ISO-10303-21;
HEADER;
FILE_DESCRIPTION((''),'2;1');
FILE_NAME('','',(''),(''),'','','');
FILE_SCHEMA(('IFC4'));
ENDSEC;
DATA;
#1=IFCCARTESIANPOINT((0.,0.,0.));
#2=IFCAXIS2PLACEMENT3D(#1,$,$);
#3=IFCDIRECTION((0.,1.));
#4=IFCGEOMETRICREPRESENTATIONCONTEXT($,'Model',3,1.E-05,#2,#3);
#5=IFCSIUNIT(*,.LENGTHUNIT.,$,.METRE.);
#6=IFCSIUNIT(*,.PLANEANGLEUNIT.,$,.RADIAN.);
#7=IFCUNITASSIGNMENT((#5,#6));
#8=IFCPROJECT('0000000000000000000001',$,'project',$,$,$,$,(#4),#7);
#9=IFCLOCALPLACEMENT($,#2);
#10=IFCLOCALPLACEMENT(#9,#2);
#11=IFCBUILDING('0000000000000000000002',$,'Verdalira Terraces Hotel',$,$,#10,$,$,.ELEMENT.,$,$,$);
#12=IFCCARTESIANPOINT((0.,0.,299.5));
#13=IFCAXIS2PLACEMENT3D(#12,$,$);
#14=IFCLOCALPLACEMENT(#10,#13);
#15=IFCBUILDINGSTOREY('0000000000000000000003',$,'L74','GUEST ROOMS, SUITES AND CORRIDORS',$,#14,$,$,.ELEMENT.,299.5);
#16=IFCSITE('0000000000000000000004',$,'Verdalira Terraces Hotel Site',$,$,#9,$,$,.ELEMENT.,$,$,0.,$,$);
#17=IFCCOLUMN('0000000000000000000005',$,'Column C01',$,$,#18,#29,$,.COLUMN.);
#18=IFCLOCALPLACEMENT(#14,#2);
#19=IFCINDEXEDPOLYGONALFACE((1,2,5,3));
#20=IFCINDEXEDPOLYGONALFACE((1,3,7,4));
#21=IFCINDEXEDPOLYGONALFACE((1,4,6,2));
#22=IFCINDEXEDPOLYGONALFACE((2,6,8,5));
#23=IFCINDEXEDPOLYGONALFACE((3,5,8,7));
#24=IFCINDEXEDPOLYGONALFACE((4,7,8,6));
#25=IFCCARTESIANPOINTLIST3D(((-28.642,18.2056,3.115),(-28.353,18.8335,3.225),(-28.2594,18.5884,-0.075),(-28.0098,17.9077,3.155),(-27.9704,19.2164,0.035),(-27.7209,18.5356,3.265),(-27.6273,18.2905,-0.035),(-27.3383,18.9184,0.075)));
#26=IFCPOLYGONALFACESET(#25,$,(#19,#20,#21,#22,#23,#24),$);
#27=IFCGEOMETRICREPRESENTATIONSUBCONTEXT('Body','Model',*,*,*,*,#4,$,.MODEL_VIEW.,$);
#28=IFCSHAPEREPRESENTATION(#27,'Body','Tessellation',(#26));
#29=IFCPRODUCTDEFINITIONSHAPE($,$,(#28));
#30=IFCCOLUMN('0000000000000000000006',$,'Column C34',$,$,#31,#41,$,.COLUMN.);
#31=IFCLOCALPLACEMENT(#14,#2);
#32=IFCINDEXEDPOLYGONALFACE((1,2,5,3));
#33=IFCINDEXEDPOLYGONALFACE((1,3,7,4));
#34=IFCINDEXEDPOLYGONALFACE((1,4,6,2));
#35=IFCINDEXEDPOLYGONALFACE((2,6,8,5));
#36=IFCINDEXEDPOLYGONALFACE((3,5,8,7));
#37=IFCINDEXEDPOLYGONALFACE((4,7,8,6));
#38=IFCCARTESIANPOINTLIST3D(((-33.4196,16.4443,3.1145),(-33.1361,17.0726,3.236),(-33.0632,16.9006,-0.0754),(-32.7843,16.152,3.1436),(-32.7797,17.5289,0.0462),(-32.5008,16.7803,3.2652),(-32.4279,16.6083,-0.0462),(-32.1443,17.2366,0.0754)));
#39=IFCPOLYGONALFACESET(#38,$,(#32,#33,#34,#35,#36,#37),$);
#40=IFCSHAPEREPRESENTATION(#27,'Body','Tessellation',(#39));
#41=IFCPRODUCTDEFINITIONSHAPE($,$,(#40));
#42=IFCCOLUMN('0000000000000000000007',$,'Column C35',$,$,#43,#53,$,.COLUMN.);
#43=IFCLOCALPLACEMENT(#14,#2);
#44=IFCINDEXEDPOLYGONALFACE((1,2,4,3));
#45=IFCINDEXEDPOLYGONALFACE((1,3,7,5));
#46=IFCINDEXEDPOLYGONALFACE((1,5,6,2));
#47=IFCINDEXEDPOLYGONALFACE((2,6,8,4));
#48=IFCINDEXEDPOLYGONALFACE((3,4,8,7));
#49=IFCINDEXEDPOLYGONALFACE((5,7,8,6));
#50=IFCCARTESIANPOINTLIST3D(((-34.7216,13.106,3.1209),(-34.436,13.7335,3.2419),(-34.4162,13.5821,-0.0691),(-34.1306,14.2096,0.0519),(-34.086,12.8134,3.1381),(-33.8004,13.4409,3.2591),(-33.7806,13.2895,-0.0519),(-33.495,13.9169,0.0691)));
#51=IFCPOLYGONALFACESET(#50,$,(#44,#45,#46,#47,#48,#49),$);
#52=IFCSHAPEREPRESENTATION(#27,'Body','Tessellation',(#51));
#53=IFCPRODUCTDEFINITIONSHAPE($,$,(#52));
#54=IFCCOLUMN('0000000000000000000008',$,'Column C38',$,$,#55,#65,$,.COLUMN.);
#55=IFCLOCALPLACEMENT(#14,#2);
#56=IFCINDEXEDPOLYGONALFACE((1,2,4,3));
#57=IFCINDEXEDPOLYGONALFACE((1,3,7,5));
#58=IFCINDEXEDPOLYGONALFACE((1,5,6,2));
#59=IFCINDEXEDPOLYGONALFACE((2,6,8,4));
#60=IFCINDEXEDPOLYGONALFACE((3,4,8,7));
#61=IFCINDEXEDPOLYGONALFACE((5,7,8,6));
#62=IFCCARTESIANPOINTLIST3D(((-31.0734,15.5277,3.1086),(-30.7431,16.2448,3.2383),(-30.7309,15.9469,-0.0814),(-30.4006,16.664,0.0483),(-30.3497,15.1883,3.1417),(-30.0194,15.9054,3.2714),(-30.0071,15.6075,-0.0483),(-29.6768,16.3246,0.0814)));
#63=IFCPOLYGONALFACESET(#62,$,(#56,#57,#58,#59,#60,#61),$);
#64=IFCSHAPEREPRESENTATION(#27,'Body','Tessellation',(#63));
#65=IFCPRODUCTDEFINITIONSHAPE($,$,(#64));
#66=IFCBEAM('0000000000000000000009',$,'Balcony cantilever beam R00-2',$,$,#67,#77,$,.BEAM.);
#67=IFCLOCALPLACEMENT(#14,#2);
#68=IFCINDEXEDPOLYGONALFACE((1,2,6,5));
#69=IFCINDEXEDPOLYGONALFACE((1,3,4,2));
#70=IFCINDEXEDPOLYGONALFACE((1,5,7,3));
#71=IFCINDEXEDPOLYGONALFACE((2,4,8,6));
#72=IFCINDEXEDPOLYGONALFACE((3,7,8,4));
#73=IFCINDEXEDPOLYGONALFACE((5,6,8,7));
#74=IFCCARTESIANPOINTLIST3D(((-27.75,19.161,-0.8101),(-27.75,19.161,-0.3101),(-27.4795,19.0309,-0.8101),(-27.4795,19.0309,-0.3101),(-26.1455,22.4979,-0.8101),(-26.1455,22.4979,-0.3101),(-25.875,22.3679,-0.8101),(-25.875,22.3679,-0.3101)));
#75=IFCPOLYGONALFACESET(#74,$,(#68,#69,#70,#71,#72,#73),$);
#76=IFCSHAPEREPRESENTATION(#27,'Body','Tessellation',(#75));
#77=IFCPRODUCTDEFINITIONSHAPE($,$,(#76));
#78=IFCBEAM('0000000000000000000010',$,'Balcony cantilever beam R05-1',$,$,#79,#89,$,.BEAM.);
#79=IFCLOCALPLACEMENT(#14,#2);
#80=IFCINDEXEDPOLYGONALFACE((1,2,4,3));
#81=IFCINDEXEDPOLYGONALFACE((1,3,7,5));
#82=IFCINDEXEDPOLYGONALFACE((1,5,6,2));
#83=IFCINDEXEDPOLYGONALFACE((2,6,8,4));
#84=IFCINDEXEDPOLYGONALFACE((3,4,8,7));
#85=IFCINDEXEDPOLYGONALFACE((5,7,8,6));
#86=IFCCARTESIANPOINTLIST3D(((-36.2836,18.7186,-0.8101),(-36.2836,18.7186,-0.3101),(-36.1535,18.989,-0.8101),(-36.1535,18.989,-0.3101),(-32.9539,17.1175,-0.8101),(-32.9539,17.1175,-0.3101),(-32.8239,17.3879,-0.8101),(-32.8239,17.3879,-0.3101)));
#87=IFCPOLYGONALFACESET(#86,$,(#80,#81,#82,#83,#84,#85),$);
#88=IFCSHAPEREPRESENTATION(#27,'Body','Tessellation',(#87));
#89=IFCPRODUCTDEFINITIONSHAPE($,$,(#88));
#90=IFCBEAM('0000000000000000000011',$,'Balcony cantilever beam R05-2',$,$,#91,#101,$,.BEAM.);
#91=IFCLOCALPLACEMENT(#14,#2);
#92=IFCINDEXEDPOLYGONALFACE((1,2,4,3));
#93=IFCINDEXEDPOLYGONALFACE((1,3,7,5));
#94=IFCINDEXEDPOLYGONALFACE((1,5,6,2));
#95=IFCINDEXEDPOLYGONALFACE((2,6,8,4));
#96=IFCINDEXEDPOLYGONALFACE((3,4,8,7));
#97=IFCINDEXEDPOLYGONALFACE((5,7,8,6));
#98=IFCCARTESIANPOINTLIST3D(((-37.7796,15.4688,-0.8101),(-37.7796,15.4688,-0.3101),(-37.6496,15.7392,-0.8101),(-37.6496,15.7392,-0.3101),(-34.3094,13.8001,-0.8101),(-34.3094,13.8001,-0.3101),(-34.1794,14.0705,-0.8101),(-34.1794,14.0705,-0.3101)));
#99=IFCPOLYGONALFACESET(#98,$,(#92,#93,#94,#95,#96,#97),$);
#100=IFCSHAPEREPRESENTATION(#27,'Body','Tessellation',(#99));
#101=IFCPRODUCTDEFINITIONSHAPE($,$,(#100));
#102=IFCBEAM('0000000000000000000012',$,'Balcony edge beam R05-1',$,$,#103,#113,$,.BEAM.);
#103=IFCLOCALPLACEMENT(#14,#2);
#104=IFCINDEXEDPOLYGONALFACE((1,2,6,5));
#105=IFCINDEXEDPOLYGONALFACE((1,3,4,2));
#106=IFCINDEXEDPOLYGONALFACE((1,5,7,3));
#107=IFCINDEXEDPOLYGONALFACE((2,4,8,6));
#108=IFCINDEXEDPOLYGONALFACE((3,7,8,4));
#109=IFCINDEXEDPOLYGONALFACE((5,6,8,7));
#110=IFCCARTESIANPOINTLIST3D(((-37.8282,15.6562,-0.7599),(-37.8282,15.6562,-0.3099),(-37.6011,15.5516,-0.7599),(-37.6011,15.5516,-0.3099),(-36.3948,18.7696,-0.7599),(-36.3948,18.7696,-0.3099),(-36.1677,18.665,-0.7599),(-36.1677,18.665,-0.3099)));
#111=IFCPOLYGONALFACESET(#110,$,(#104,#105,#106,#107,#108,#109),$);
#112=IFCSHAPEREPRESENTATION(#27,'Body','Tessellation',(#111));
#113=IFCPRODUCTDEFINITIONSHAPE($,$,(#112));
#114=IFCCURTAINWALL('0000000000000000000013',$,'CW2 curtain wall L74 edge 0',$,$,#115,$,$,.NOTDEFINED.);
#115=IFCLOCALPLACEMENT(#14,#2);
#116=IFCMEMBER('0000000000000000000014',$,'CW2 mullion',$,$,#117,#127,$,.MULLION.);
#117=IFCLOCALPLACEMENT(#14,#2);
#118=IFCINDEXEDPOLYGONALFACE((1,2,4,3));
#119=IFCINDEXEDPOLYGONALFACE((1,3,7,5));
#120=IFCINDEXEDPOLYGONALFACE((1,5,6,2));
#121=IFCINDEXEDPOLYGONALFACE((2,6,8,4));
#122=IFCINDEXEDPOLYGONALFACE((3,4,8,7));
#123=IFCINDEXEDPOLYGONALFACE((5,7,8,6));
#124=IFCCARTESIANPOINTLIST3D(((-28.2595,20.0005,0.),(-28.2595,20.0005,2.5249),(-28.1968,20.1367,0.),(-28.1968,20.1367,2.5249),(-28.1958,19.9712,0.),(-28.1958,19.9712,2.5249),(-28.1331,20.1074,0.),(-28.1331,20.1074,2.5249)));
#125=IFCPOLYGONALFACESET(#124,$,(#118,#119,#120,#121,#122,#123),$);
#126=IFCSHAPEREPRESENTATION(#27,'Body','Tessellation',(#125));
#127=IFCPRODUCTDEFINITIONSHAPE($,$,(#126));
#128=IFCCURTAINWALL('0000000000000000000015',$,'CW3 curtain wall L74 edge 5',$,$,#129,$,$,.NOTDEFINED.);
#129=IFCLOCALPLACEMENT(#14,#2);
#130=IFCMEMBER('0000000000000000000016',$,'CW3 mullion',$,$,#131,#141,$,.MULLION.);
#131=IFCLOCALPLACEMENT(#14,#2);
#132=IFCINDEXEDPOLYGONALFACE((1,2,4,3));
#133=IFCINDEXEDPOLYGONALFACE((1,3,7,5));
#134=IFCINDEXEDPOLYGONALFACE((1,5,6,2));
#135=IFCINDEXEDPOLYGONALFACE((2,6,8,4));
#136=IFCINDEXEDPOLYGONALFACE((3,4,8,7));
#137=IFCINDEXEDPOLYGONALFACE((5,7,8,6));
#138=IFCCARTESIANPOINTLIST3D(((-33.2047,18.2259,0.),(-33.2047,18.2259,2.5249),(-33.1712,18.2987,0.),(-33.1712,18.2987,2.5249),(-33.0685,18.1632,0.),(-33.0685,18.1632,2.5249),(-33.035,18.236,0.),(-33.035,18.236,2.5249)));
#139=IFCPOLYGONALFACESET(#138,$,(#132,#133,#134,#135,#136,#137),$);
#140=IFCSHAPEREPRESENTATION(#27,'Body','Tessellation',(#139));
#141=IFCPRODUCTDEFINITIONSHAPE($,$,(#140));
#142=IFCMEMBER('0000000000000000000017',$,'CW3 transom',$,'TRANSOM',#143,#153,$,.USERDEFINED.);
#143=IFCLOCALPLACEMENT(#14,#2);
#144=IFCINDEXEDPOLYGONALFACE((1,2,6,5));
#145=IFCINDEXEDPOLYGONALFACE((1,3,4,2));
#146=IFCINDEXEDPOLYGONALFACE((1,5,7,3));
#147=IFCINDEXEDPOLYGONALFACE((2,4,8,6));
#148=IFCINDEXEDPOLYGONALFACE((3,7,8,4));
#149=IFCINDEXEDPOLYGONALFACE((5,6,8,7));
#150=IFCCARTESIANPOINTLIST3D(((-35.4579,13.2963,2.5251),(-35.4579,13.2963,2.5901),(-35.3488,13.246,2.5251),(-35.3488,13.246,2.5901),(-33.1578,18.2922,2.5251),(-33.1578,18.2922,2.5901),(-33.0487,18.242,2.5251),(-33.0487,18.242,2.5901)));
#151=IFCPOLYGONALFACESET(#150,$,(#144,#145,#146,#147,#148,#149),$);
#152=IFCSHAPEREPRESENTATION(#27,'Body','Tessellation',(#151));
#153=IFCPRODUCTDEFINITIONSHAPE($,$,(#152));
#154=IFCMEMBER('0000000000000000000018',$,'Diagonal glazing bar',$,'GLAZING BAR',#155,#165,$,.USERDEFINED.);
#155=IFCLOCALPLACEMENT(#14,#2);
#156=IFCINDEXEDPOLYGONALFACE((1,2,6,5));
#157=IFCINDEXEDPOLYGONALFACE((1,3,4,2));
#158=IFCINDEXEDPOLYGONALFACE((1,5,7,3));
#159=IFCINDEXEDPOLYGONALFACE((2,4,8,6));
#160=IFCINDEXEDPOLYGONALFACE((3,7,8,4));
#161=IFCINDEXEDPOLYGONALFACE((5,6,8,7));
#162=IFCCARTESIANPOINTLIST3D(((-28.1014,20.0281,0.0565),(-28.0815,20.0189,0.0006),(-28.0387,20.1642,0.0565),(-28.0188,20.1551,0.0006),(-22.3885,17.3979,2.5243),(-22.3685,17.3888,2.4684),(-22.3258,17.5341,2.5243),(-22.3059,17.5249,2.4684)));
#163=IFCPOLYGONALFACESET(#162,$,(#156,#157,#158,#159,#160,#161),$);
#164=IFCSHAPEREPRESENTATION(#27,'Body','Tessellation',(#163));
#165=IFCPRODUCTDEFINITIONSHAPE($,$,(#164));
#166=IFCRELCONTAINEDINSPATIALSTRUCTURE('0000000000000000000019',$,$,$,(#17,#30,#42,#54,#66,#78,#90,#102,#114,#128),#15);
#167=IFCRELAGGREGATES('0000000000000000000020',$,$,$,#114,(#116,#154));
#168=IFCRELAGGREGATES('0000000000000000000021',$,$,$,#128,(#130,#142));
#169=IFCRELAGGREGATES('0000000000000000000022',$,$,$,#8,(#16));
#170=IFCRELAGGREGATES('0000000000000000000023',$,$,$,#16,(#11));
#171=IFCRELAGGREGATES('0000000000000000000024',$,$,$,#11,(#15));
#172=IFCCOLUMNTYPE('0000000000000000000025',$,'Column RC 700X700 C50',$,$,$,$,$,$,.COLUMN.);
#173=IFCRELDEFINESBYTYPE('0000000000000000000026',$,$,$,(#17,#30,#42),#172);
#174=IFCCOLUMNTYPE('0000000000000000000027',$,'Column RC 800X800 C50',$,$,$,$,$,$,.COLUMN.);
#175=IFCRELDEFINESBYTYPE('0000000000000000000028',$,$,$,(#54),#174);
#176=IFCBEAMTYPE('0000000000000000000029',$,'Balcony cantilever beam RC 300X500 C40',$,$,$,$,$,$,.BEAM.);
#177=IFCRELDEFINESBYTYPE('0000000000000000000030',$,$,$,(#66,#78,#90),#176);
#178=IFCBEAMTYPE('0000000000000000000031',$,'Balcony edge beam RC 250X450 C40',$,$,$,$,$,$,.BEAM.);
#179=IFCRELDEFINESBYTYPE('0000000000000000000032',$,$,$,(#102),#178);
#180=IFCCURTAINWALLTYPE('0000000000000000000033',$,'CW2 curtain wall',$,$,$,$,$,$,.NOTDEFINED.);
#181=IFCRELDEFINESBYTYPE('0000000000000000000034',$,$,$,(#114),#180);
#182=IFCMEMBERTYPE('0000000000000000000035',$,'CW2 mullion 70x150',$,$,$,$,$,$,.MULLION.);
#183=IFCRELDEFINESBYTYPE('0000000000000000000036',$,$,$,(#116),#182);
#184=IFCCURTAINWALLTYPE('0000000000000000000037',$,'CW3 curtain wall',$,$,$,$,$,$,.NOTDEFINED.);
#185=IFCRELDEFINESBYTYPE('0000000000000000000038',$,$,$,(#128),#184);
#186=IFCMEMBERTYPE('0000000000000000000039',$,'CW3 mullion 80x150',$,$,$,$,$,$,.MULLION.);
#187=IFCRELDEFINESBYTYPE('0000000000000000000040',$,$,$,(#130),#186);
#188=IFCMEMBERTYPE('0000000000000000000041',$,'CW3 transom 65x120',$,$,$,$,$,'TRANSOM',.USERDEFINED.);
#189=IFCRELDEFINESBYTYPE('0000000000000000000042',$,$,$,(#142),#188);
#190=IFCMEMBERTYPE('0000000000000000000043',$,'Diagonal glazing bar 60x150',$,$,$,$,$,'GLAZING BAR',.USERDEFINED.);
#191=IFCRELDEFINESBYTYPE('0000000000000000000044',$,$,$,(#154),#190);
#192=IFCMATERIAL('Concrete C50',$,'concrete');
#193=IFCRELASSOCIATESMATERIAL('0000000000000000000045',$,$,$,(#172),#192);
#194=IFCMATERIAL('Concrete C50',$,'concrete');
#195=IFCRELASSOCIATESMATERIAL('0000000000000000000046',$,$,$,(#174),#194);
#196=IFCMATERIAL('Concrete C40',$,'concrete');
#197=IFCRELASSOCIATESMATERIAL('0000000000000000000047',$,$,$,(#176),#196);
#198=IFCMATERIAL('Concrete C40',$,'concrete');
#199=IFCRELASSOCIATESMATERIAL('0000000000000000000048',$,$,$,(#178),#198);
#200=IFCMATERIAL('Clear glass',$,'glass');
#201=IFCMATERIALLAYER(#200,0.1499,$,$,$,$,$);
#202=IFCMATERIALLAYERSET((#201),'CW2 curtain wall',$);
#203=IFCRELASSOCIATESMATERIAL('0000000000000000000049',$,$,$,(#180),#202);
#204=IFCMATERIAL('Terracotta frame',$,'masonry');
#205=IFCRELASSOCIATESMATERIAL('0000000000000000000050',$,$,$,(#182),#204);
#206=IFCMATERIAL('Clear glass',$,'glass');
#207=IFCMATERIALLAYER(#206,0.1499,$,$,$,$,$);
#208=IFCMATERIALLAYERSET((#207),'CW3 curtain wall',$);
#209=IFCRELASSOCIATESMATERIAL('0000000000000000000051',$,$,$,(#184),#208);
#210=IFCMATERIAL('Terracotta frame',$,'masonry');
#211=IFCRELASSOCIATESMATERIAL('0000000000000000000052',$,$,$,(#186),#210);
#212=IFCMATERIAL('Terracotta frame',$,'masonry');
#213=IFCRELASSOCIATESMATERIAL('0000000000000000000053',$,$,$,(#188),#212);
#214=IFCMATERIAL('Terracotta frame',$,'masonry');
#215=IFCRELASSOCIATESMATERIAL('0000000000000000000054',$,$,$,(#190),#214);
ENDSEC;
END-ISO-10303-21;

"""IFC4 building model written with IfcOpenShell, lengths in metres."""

from ifc_helpers import new_model, si_unit, direction, frame, origin, origin_2d, place, context, subcontext, project, spatial, rectangle, extrude, material, layer, layer_set, material_profile, profile_set, type_object, element, aggregate, save


model = new_model("IFC4")

# Units and contexts
model_context = context("Model", 3, precision=1e-05, world=origin(), true_north=direction((0.0, 1.0)))
body_context = subcontext(model_context, "Body", "Model", "MODEL_VIEW")
ifc_project = project(units=[si_unit("LENGTHUNIT", "METRE"), si_unit("PLANEANGLEUNIT", "RADIAN")], contexts=[model_context])

# Site, building, storey
site_placement = place(None, origin())
site = spatial("IfcSite", under=ifc_project, at=site_placement, Name="Verdalira Terraces Hotel Site", CompositionType="ELEMENT", RefElevation=0.0)
building_placement = place(site_placement, origin())
building = spatial("IfcBuilding", under=site, at=building_placement, Name="Verdalira Terraces Hotel", CompositionType="ELEMENT")
storey_placement = place(building_placement, frame((0.0, 0.0, 299.5)))
storey = spatial("IfcBuildingStorey", under=building, at=storey_placement, Name="L74", Description="GUEST ROOMS, SUITES AND CORRIDORS", CompositionType="ELEMENT", Elevation=299.5)

# Columns
ifc_material_1 = material(Name="Concrete C50", Category="concrete")
ifc_material_profile_1 = material_profile(ifc_material_1, rectangle(XDim=0.7, YDim=0.7, at=origin_2d()), Name="RC 700X700")
ifc_profile_set_1 = profile_set([ifc_material_profile_1], Name="Concrete C50")
column_type_1 = type_object("IfcColumnType", Name="Column RC 700X700 C50", PredefinedType="COLUMN", material=ifc_profile_set_1)
column_1_placement = place(storey_placement, frame((-27.7988, 18.7534, 0.0), z_axis=(-0.11824, -0.118315, 0.985911), x_axis=(-0.903077, 0.425648, -0.057225)))
element("IfcColumn", 1, at=column_1_placement, inside=storey, type_object=column_type_1, Name="Column C01", PredefinedType="COLUMN", context=body_context, shape_type="SweptSolid", body=[
    extrude(rectangle(XDim=0.7, YDim=0.7, at=origin_2d()), origin(), (0.0, 0.0, 1.0), 3.2356),
])
column_2_placement = place(storey_placement, frame((-32.6038, 17.0686, 0.0), z_axis=(-0.109944, -0.140743, 0.983923), x_axis=(-0.405062, -0.897644, -0.173664)))
element("IfcColumn", 2, at=column_2_placement, inside=storey, type_object=column_type_1, Name="Column C34", PredefinedType="COLUMN", context=body_context, shape_type="SweptSolid", body=[
    extrude(rectangle(XDim=0.7, YDim=0.7, at=origin_2d()), origin(), (0.0, 0.0, 1.0), 3.2419),
])
column_3_placement = place(storey_placement, frame((-33.9556, 13.7495, 0.0), z_axis=(-0.094274, -0.14695, 0.984641), x_axis=(-0.408026, -0.896457, -0.172856)))
element("IfcColumn", 3, at=column_3_placement, inside=storey, type_object=column_type_1, Name="Column C35", PredefinedType="COLUMN", context=body_context, shape_type="SweptSolid", body=[
    extrude(rectangle(XDim=0.7, YDim=0.7, at=origin_2d()), origin(), (0.0, 0.0, 1.0), 3.2397),
])
ifc_material_2 = material(Name="Concrete C50", Category="concrete")
ifc_material_profile_2 = material_profile(ifc_material_2, rectangle(XDim=0.8, YDim=0.8, at=origin_2d()), Name="RC 800X800")
ifc_profile_set_2 = profile_set([ifc_material_profile_2], Name="Concrete C50")
column_type_2 = type_object("IfcColumnType", Name="Column RC 800X800 C50", PredefinedType="COLUMN", material=ifc_profile_set_2)
column_4_placement = place(storey_placement, frame((-30.2039, 16.1357, 0.0), z_axis=(-0.105864, -0.129557, 0.985904), x_axis=(-0.90463, 0.424183, -0.041395)))
element("IfcColumn", 4, at=column_4_placement, inside=storey, type_object=column_type_2, Name="Column C38", PredefinedType="COLUMN", context=body_context, shape_type="SweptSolid", body=[
    extrude(rectangle(XDim=0.8, YDim=0.8, at=origin_2d()), origin(), (0.0, 0.0, 1.0), 3.2356),
])

# Beams
ifc_material_3 = material(Name="Concrete C40", Category="concrete")
ifc_material_profile_3 = material_profile(ifc_material_3, rectangle(XDim=0.3, YDim=0.5, at=origin_2d()), Name="RC 300X500")
ifc_profile_set_3 = profile_set([ifc_material_profile_3], Name="Concrete C40")
beam_type_1 = type_object("IfcBeamType", Name="Balcony cantilever beam RC 300X500 C40", PredefinedType="BEAM", material=ifc_profile_set_3)
beam_1_placement = place(storey_placement, frame((-27.6147, 19.0959, -0.5601), z_axis=(0.43334, 0.901231, 0.0), x_axis=(-0.901231, 0.43334, 0.0)))
element("IfcBeam", 5, at=beam_1_placement, inside=storey, type_object=beam_type_1, Name="Balcony cantilever beam R00-2", PredefinedType="BEAM", context=body_context, shape_type="SweptSolid", body=[
    extrude(rectangle(XDim=0.3, YDim=0.5, at=origin_2d()), origin(), (0.0, 0.0, 1.0), 3.7026),
])
beam_2_placement = place(storey_placement, frame((-32.8889, 17.2527, -0.5601), z_axis=(-0.90122, 0.433363, 0.0), x_axis=(-0.433363, -0.90122, 0.0)))
element("IfcBeam", 6, at=beam_2_placement, inside=storey, type_object=beam_type_1, Name="Balcony cantilever beam R05-1", PredefinedType="BEAM", context=body_context, shape_type="SweptSolid", body=[
    extrude(rectangle(XDim=0.3, YDim=0.5, at=origin_2d()), origin(), (0.0, 0.0, 1.0), 3.6946),
])
beam_3_placement = place(storey_placement, frame((-34.2444, 13.9353, -0.5601), z_axis=(-0.901219, 0.433364, 0.0), x_axis=(-0.433364, -0.901219, 0.0)))
element("IfcBeam", 7, at=beam_3_placement, inside=storey, type_object=beam_type_1, Name="Balcony cantilever beam R05-2", PredefinedType="BEAM", context=body_context, shape_type="SweptSolid", body=[
    extrude(rectangle(XDim=0.3, YDim=0.5, at=origin_2d()), origin(), (0.0, 0.0, 1.0), 3.8506),
])
ifc_material_4 = material(Name="Concrete C40", Category="concrete")
ifc_material_profile_4 = material_profile(ifc_material_4, rectangle(XDim=0.25, YDim=0.45, at=origin_2d()), Name="RC 250X450")
ifc_profile_set_4 = profile_set([ifc_material_profile_4], Name="Concrete C40")
beam_type_2 = type_object("IfcBeamType", Name="Balcony edge beam RC 250X450 C40", PredefinedType="BEAM", material=ifc_profile_set_4)
beam_4_placement = place(storey_placement, frame((-36.2812, 18.7173, -0.5349), z_axis=(-0.418204, -0.908353, 0.0), x_axis=(0.908353, -0.418204, 0.0)))
element("IfcBeam", 8, at=beam_4_placement, inside=storey, type_object=beam_type_2, Name="Balcony edge beam R05-1", PredefinedType="BEAM", context=body_context, shape_type="SweptSolid", body=[
    extrude(rectangle(XDim=0.25, YDim=0.45, at=origin_2d()), origin(), (0.0, 0.0, 1.0), 3.4275),
])

# Curtain wall, member
ifc_material_5 = material(Name="Clear glass", Category="glass")
ifc_layer_1 = layer(ifc_material_5, 0.1499)
ifc_layer_set_1 = layer_set([ifc_layer_1], Name="CW2 curtain wall")
curtain_wall_type_1 = type_object("IfcCurtainWallType", Name="CW2 curtain wall", PredefinedType="NOTDEFINED", material=ifc_layer_set_1)
curtain_wall_1_placement = place(storey_placement, origin())
curtain_wall_1 = element("IfcCurtainWall", 9, at=curtain_wall_1_placement, inside=storey, type_object=curtain_wall_type_1, Name="CW2 curtain wall L74 edge 0", PredefinedType="NOTDEFINED")
ifc_material_6 = material(Name="Terracotta frame", Category="masonry")
ifc_material_profile_5 = material_profile(ifc_material_6, rectangle(XDim=0.0701, YDim=0.1499, at=origin_2d()), Name="MU 70x150")
ifc_profile_set_5 = profile_set([ifc_material_profile_5], Name="Terracotta frame")
member_type_1 = type_object("IfcMemberType", Name="CW2 mullion 70x150", PredefinedType="MULLION", material=ifc_profile_set_5)
member_1_placement = place(storey_placement, frame((-28.1963, 20.054, 0.0), z_axis=(0.0, 0.0, 1.0), x_axis=(-0.908362, 0.418184, 0.0)))
member_1 = element("IfcMember", 10, at=member_1_placement, type_object=member_type_1, Name="CW2 mullion", PredefinedType="MULLION", context=body_context, shape_type="SweptSolid", body=[
    extrude(rectangle(XDim=0.0701, YDim=0.1499, at=origin_2d()), origin(), (0.0, 0.0, 1.0), 2.5249),
])

# Curtain wall, members
ifc_material_7 = material(Name="Clear glass", Category="glass")
ifc_layer_2 = layer(ifc_material_7, 0.1499)
ifc_layer_set_2 = layer_set([ifc_layer_2], Name="CW3 curtain wall")
curtain_wall_type_2 = type_object("IfcCurtainWallType", Name="CW3 curtain wall", PredefinedType="NOTDEFINED", material=ifc_layer_set_2)
curtain_wall_2_placement = place(storey_placement, origin())
curtain_wall_2 = element("IfcCurtainWall", 11, at=curtain_wall_2_placement, inside=storey, type_object=curtain_wall_type_2, Name="CW3 curtain wall L74 edge 5", PredefinedType="NOTDEFINED")
ifc_material_8 = material(Name="Terracotta frame", Category="masonry")
ifc_material_profile_6 = material_profile(ifc_material_8, rectangle(XDim=0.0801, YDim=0.1499, at=origin_2d()), Name="MU 80x150")
ifc_profile_set_6 = profile_set([ifc_material_profile_6], Name="Terracotta frame")
member_type_2 = type_object("IfcMemberType", Name="CW3 mullion 80x150", PredefinedType="MULLION", material=ifc_profile_set_6)
member_2_placement = place(storey_placement, frame((-33.1199, 18.231, 0.0), z_axis=(0.0, 0.0, 1.0), x_axis=(-0.418184, -0.908362, 0.0)))
member_2 = element("IfcMember", 12, at=member_2_placement, type_object=member_type_2, Name="CW3 mullion", PredefinedType="MULLION", context=body_context, shape_type="SweptSolid", body=[
    extrude(rectangle(XDim=0.0801, YDim=0.1499, at=origin_2d()), origin(), (0.0, 0.0, 1.0), 2.5249),
])
ifc_material_9 = material(Name="Terracotta frame", Category="masonry")
ifc_material_profile_7 = material_profile(ifc_material_9, rectangle(XDim=0.1201, YDim=0.0649, at=origin_2d()), Name="TR 65x120")
ifc_profile_set_7 = profile_set([ifc_material_profile_7], Name="Terracotta frame")
member_type_3 = type_object("IfcMemberType", Name="CW3 transom 65x120", ElementType="TRANSOM", PredefinedType="USERDEFINED", material=ifc_profile_set_7)
member_3_placement = place(storey_placement, frame((-33.1033, 18.2671, 2.5576), z_axis=(-0.418199, -0.908355, 0.0), x_axis=(0.908355, -0.418199, 0.0)))
member_3 = element("IfcMember", 13, at=member_3_placement, type_object=member_type_3, Name="CW3 transom", ObjectType="TRANSOM", PredefinedType="USERDEFINED", context=body_context, shape_type="SweptSolid", body=[
    extrude(rectangle(XDim=0.1201, YDim=0.0649, at=origin_2d()), origin(), (0.0, 0.0, 1.0), 5.5),
])

# Member
ifc_material_10 = material(Name="Terracotta frame", Category="masonry")
ifc_material_profile_8 = material_profile(ifc_material_10, rectangle(XDim=0.1499, YDim=0.0601, at=origin_2d()), Name="GB 60x150")
ifc_profile_set_8 = profile_set([ifc_material_profile_8], Name="Terracotta frame")
member_type_4 = type_object("IfcMemberType", Name="Diagonal glazing bar 60x150", ElementType="GLAZING BAR", PredefinedType="USERDEFINED", material=ifc_profile_set_8)
member_4_placement = place(storey_placement, frame((-22.3472, 17.4614, 2.4963), z_axis=(-0.845593, 0.389298, -0.365267), x_axis=(-0.418194, -0.908358, 0.0)))
member_4 = element("IfcMember", 14, at=member_4_placement, type_object=member_type_4, Name="Diagonal glazing bar", ObjectType="GLAZING BAR", PredefinedType="USERDEFINED", context=body_context, shape_type="SweptSolid", body=[
    extrude(rectangle(XDim=0.1499, YDim=0.0601, at=origin_2d()), origin(), (0.0, 0.0, 1.0), 6.7561),
])

aggregate(curtain_wall_1, [member_1, member_4])
aggregate(curtain_wall_2, [member_2, member_3])

save(model, "model.ifc")
